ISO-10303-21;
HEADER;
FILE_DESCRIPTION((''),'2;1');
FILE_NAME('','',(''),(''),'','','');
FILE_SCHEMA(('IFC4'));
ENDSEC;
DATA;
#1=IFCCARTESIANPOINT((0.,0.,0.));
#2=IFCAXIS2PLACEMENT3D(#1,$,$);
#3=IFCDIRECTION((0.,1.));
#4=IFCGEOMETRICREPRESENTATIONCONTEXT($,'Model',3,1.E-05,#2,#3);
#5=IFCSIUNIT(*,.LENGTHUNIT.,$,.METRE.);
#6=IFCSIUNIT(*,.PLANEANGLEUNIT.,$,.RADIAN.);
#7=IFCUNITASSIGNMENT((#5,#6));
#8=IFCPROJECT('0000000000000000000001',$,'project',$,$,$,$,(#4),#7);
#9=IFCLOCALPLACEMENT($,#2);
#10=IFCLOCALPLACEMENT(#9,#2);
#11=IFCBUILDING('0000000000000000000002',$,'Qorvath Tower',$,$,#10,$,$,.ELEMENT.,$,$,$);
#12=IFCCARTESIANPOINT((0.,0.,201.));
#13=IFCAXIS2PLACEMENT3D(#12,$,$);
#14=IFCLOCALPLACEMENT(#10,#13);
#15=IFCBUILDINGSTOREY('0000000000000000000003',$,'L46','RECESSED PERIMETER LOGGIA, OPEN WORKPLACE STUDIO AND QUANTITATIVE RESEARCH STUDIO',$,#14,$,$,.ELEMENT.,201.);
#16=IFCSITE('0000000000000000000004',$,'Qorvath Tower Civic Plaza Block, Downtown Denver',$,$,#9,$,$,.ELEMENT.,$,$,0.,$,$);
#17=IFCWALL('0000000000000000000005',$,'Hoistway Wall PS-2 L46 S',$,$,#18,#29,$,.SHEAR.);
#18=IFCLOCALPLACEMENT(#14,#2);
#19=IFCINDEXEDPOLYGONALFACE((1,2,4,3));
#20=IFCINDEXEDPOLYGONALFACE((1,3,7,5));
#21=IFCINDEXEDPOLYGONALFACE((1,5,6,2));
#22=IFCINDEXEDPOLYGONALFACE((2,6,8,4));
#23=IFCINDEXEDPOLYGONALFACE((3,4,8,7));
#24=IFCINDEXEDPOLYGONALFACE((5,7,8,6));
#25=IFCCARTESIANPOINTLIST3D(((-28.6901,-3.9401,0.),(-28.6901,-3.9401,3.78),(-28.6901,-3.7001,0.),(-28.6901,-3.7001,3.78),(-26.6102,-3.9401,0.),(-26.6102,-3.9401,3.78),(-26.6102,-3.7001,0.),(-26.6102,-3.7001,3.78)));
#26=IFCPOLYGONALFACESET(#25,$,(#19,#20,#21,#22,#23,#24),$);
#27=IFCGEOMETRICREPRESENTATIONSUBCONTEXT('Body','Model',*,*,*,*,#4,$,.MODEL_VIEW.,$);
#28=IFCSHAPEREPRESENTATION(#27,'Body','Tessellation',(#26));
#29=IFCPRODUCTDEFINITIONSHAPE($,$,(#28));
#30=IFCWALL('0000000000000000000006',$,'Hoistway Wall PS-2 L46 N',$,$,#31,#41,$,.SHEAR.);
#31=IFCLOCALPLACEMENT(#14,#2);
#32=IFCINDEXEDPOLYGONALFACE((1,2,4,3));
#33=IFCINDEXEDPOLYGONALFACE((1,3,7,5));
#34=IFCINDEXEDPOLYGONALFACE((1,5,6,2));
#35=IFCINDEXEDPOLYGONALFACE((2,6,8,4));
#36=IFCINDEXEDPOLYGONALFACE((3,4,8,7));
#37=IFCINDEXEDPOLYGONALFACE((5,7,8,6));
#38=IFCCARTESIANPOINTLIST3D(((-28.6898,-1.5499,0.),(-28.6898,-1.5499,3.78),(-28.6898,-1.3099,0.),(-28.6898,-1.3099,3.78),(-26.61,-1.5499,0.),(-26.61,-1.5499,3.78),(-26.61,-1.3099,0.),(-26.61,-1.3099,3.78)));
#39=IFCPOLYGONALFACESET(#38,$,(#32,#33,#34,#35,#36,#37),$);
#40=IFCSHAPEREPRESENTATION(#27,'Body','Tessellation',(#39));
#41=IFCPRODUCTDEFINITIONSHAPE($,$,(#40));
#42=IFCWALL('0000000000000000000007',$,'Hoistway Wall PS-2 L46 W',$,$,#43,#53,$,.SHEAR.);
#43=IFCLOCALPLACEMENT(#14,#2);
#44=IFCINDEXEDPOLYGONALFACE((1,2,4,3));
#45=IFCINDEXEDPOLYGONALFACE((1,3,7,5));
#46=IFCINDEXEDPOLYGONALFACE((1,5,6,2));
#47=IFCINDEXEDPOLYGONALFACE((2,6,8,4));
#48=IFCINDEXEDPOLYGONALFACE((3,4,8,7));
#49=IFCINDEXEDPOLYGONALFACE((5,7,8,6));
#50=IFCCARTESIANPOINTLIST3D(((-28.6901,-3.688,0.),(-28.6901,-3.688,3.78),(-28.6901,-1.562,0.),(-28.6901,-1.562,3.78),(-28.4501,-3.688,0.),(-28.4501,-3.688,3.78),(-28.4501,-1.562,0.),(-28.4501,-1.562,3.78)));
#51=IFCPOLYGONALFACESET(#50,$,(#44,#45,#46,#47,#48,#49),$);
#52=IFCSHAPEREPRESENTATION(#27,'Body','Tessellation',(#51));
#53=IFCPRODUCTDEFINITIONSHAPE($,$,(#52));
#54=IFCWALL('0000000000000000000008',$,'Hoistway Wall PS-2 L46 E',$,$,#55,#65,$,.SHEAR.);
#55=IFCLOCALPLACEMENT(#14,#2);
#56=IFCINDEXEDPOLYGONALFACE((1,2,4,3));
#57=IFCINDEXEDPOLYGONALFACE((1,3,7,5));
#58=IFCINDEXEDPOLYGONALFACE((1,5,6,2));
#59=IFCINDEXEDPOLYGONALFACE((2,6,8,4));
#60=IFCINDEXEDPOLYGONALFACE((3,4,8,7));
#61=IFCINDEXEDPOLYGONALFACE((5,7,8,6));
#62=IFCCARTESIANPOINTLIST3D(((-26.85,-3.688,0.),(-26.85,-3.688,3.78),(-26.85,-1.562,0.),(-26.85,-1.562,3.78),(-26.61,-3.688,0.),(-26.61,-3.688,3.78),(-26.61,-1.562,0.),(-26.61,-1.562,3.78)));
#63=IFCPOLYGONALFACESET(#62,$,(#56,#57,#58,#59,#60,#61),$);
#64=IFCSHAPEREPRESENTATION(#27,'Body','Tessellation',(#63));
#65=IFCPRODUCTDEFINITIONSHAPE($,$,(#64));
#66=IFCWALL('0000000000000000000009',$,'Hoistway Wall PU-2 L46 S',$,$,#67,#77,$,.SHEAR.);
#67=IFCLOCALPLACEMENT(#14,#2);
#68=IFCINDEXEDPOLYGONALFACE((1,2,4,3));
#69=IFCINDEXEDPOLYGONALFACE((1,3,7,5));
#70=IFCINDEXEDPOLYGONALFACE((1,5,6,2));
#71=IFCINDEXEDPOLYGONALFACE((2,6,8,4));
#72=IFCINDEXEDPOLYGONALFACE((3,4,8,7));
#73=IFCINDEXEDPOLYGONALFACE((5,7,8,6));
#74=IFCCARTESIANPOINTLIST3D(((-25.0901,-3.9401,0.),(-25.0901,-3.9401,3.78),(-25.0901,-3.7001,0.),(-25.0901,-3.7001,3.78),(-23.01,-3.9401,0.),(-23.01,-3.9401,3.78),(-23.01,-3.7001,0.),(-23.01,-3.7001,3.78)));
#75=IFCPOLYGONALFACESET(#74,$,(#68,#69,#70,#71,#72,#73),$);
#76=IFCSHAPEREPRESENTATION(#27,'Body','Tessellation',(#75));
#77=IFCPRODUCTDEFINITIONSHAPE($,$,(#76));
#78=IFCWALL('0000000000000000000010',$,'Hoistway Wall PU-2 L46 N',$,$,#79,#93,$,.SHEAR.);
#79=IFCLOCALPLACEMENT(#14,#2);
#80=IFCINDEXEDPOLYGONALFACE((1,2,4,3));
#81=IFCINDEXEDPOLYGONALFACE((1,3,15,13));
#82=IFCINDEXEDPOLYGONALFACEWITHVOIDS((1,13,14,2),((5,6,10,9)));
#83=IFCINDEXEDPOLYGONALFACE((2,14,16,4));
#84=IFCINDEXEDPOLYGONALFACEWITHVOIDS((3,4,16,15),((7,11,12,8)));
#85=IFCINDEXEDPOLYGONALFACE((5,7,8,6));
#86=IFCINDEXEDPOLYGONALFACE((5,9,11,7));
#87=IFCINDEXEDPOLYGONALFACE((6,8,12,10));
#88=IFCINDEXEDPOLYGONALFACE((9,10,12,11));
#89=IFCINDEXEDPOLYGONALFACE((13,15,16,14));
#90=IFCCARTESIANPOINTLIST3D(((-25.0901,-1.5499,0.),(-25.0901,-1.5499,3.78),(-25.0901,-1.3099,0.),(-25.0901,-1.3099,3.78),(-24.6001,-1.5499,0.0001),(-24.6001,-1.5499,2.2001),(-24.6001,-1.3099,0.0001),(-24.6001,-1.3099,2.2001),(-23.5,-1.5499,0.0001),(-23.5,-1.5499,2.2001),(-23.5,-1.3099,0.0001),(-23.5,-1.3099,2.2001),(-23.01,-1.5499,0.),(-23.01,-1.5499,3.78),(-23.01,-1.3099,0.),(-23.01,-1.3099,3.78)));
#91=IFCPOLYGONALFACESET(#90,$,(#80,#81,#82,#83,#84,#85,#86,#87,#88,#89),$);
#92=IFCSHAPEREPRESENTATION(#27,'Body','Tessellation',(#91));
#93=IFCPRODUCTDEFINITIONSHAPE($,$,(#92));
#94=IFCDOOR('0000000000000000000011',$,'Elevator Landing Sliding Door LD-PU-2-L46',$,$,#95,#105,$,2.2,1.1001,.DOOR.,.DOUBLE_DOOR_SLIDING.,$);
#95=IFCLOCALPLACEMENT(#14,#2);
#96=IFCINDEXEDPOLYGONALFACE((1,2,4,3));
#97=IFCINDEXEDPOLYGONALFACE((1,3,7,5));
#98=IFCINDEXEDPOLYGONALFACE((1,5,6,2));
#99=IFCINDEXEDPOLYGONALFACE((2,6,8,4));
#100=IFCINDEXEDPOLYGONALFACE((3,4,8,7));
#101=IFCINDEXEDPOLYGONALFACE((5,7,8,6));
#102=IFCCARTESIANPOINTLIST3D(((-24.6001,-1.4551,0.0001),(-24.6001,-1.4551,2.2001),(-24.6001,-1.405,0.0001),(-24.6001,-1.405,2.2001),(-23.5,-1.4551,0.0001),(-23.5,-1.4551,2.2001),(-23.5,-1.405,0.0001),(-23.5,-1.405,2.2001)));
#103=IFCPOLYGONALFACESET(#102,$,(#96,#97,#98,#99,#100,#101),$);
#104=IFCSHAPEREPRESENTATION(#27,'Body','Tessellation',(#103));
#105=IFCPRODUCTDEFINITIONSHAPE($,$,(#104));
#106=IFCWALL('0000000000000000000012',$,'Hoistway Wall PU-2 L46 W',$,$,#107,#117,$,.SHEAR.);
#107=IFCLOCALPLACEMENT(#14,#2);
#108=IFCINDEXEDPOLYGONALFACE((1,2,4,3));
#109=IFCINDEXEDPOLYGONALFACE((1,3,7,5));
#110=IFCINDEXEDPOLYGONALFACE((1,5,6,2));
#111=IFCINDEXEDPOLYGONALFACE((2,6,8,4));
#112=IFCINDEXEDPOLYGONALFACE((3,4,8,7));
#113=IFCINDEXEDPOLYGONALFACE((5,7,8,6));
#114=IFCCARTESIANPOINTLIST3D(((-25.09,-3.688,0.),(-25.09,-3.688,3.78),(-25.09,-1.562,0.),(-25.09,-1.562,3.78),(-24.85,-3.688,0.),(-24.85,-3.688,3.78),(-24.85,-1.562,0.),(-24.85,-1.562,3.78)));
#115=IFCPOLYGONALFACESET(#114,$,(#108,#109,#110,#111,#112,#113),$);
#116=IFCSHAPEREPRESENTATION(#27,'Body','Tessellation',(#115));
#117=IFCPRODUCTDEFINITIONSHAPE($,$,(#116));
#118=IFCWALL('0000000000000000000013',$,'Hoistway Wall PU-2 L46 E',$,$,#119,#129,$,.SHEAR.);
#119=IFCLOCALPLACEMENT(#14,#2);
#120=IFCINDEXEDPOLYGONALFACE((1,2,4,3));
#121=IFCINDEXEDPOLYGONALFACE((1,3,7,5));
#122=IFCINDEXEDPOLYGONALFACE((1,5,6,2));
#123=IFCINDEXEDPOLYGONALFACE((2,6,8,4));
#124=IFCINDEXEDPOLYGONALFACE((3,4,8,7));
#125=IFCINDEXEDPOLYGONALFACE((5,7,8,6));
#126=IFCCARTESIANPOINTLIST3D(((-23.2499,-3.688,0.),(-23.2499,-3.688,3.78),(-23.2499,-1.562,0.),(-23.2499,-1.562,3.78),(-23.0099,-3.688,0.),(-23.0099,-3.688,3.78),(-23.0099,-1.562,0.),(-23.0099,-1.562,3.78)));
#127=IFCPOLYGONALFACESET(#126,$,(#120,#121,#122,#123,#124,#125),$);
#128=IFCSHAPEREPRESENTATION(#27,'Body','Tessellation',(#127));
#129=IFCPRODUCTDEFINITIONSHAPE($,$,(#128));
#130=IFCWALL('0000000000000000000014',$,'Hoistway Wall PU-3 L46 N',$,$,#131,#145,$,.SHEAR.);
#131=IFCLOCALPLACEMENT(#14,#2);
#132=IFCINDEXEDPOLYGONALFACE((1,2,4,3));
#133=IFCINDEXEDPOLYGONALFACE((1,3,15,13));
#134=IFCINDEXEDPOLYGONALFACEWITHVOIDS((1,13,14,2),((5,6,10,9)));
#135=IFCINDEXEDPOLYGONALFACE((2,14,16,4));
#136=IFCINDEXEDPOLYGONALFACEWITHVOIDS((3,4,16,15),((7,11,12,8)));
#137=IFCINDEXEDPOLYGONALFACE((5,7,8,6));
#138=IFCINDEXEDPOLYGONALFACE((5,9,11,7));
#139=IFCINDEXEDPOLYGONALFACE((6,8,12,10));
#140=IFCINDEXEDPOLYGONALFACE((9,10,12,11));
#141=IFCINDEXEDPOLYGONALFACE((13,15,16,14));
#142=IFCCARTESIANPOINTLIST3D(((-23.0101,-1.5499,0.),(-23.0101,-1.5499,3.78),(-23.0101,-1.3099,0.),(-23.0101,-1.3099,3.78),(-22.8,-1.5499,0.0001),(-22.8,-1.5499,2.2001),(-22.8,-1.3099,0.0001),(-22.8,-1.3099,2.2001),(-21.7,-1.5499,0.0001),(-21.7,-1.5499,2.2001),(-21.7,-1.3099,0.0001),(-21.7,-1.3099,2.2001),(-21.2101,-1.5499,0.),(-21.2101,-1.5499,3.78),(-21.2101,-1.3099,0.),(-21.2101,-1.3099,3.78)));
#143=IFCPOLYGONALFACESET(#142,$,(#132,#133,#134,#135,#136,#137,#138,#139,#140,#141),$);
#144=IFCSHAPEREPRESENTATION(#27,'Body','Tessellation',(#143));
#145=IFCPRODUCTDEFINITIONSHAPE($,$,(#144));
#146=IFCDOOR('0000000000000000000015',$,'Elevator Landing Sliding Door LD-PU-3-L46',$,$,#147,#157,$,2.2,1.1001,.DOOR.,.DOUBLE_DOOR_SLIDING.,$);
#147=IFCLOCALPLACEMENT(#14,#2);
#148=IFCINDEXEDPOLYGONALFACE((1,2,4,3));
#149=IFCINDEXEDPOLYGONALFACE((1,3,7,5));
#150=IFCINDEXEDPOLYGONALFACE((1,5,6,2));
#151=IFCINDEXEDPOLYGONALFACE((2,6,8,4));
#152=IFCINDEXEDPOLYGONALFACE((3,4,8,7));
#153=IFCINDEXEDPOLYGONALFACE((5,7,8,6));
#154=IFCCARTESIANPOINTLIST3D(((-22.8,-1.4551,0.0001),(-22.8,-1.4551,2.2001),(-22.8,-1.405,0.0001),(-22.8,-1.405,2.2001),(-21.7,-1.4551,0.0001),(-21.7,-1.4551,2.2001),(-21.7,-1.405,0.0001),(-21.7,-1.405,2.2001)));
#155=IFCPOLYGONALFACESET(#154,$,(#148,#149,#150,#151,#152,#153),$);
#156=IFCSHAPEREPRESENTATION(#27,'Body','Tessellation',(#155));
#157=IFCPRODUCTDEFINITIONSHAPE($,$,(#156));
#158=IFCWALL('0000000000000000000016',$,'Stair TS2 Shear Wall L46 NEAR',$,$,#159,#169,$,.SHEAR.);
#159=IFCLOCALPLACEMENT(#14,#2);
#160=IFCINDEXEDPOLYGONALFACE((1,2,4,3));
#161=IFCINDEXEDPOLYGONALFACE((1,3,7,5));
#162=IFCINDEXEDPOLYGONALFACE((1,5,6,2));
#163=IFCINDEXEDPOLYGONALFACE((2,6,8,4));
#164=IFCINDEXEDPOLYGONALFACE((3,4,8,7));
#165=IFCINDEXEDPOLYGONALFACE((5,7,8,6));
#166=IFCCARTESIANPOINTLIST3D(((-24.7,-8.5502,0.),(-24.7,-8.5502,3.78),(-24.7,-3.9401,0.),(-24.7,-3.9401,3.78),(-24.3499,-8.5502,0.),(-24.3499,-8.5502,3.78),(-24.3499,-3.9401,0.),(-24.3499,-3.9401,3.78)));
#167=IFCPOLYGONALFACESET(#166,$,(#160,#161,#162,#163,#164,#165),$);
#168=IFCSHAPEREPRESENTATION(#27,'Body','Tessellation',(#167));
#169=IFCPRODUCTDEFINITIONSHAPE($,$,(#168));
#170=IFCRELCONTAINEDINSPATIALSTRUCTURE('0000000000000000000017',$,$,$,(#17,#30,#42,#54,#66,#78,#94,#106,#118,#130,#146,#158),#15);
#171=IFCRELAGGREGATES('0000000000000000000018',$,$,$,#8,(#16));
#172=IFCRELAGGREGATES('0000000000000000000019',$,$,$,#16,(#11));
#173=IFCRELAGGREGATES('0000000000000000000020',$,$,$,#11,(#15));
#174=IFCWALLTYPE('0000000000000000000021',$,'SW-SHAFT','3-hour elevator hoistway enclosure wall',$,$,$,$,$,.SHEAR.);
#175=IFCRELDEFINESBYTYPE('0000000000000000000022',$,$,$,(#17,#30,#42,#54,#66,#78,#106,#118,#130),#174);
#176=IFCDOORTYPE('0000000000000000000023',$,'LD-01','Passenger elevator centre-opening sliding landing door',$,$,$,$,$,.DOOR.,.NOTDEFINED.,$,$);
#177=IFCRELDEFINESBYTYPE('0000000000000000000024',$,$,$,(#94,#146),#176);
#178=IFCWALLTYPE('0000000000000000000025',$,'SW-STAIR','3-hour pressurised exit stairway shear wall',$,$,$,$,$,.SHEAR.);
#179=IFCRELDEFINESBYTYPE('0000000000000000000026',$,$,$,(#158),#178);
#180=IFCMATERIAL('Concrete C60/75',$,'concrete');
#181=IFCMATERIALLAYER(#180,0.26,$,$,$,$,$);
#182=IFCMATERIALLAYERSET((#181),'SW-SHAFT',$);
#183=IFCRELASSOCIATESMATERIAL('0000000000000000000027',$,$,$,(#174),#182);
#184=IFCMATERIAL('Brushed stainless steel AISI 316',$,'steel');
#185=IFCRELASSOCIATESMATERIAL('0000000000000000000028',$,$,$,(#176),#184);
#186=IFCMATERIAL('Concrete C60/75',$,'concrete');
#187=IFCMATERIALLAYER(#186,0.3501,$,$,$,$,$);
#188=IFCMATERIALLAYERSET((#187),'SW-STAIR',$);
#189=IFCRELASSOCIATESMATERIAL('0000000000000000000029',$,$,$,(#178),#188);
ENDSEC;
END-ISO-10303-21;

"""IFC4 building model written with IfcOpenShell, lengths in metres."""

from ifc_helpers import new_model, si_unit, direction, frame, frame_2d, origin, place, context, subcontext, project, spatial, rectangle, extrude, material, layer, layer_set, type_object, element, fill, save


model = new_model("IFC4")

# Units and contexts
model_context = context("Model", 3, precision=1e-05, world=origin(), true_north=direction((0.0, 1.0)))
body_context = subcontext(model_context, "Body", "Model", "MODEL_VIEW")
ifc_project = project(units=[si_unit("LENGTHUNIT", "METRE"), si_unit("PLANEANGLEUNIT", "RADIAN")], contexts=[model_context])

# Site, building, storey
site_placement = place(None, origin())
site = spatial("IfcSite", under=ifc_project, at=site_placement, Name="Qorvath Tower Civic Plaza Block, Downtown Denver", CompositionType="ELEMENT", RefElevation=0.0)
building_placement = place(site_placement, origin())
building = spatial("IfcBuilding", under=site, at=building_placement, Name="Qorvath Tower", CompositionType="ELEMENT")
storey_placement = place(building_placement, frame((0.0, 0.0, 201.0)))
storey = spatial("IfcBuildingStorey", under=building, at=storey_placement, Name="L46", Description="RECESSED PERIMETER LOGGIA, OPEN WORKPLACE STUDIO AND QUANTITATIVE RESEARCH STUDIO", CompositionType="ELEMENT", Elevation=201.0)

# Shared definitions
ifc_material_1 = material(Name="Concrete C60/75", Category="concrete")
ifc_layer_1 = layer(ifc_material_1, 0.26)
ifc_layer_set_1 = layer_set([ifc_layer_1], Name="SW-SHAFT")
wall_type_1 = type_object("IfcWallType", Name="SW-SHAFT", Description="3-hour elevator hoistway enclosure wall", PredefinedType="SHEAR", material=ifc_layer_set_1)

# Walls
for number, where, z_axis, x_axis, name in (
    (1, (-26.6101, -3.8201, 0.0), (0.0, 0.0, 1.0), (-1.0, 0.0, 0.0), "Hoistway Wall PS-2 L46 S"),
    (2, (-28.6899, -1.4299, 0.0), (0.0, 0.0, 1.0), (1.0, 0.0, 0.0), "Hoistway Wall PS-2 L46 N"),
):
    element("IfcWall", number, at=place(storey_placement, frame(where, z_axis=z_axis, x_axis=x_axis)), inside=storey, type_object=wall_type_1, Name=name, PredefinedType="SHEAR", context=body_context, shape_type="SweptSolid", body=[
        extrude(rectangle(XDim=2.0798, YDim=0.24, at=frame_2d((1.04, 0.0))), origin(), (0.0, 0.0, 1.0), 3.78),
    ])
for number, where, z_axis, x_axis, name in (
    (3, (-28.5701, -3.688, 0.0), (0.0, 0.0, 1.0), (0.0, 1.0, 0.0), "Hoistway Wall PS-2 L46 W"),
    (4, (-26.73, -1.562, 0.0), (0.0, 0.0, 1.0), (0.0, -1.0, 0.0), "Hoistway Wall PS-2 L46 E"),
):
    element("IfcWall", number, at=place(storey_placement, frame(where, z_axis=z_axis, x_axis=x_axis)), inside=storey, type_object=wall_type_1, Name=name, PredefinedType="SHEAR", context=body_context, shape_type="SweptSolid", body=[
        extrude(rectangle(XDim=2.126, YDim=0.24, at=frame_2d((1.063, 0.0))), origin(), (0.0, 0.0, 1.0), 3.78),
    ])
wall_1_placement = place(storey_placement, frame((-23.01, -3.8201, 0.0), z_axis=(0.0, 0.0, 1.0), x_axis=(-1.0, 0.0, 0.0)))
element("IfcWall", 5, at=wall_1_placement, inside=storey, type_object=wall_type_1, Name="Hoistway Wall PU-2 L46 S", PredefinedType="SHEAR", context=body_context, shape_type="SweptSolid", body=[
    extrude(rectangle(XDim=2.0801, YDim=0.24, at=frame_2d((1.04, 0.0))), origin(), (0.0, 0.0, 1.0), 3.78),
])

# Wall, opening, door
wall_2_placement = place(storey_placement, frame((-25.0901, -1.4299, 0.0), z_axis=(0.0, 0.0, 1.0), x_axis=(1.0, 0.0, 0.0)))
wall_2 = element("IfcWall", 6, at=wall_2_placement, inside=storey, type_object=wall_type_1, Name="Hoistway Wall PU-2 L46 N", PredefinedType="SHEAR", context=body_context, shape_type="SweptSolid", body=[
    extrude(rectangle(XDim=2.0801, YDim=0.24, at=frame_2d((1.04, 0.0))), origin(), (0.0, 0.0, 1.0), 3.78),
])
opening_1_placement = place(wall_2_placement, frame((0.49, 0.0, 0.0)))
opening_1 = element("IfcOpeningElement", 7, at=opening_1_placement, cuts=wall_2, PredefinedType="OPENING", context=body_context, shape_type="SweptSolid", body=[
    extrude(rectangle(XDim=1.1001, YDim=2.2, at=frame_2d((0.55, 1.1001))), frame((0.0, 0.1299, 0.0), z_axis=(0.0, -1.0, 0.0), x_axis=(1.0, 0.0, 0.0)), (0.0, 0.0, 1.0), 0.26),
])
ifc_material_2 = material(Name="Brushed stainless steel AISI 316", Category="steel")
door_type_1 = type_object("IfcDoorType", Name="LD-01", Description="Passenger elevator centre-opening sliding landing door", OperationType="NOTDEFINED", PredefinedType="DOOR", material=ifc_material_2)
door_1_placement = place(opening_1_placement, origin())
door_1 = element("IfcDoor", 8, at=door_1_placement, inside=storey, type_object=door_type_1, Name="Elevator Landing Sliding Door LD-PU-2-L46", OperationType="DOUBLE_DOOR_SLIDING", OverallHeight=2.2, OverallWidth=1.1001, PredefinedType="DOOR", context=body_context, shape_type="SweptSolid", body=[
    extrude(rectangle(XDim=1.1001, YDim=2.2, at=frame_2d((0.55, 1.1001))), frame((0.0, 0.0249, 0.0), z_axis=(0.0, -1.0, 0.0), x_axis=(1.0, 0.0, 0.0)), (0.0, 0.0, 1.0), 0.05),
])
fill(opening_1, door_1)

# Walls
for number, where, z_axis, x_axis, name in (
    (9, (-24.97, -3.688, 0.0), (0.0, 0.0, 1.0), (0.0, 1.0, 0.0), "Hoistway Wall PU-2 L46 W"),
    (10, (-23.1299, -1.562, 0.0), (0.0, 0.0, 1.0), (0.0, -1.0, 0.0), "Hoistway Wall PU-2 L46 E"),
):
    element("IfcWall", number, at=place(storey_placement, frame(where, z_axis=z_axis, x_axis=x_axis)), inside=storey, type_object=wall_type_1, Name=name, PredefinedType="SHEAR", context=body_context, shape_type="SweptSolid", body=[
        extrude(rectangle(XDim=2.126, YDim=0.24, at=frame_2d((1.063, 0.0))), origin(), (0.0, 0.0, 1.0), 3.78),
    ])

# Wall, opening, door
wall_3_placement = place(storey_placement, frame((-23.01, -1.4299, 0.0), z_axis=(0.0, 0.0, 1.0), x_axis=(1.0, 0.0, 0.0)))
wall_3 = element("IfcWall", 11, at=wall_3_placement, inside=storey, type_object=wall_type_1, Name="Hoistway Wall PU-3 L46 N", PredefinedType="SHEAR", context=body_context, shape_type="SweptSolid", body=[
    extrude(rectangle(XDim=1.8, YDim=0.24, at=frame_2d((0.8999, 0.0))), origin(), (0.0, 0.0, 1.0), 3.78),
])
opening_2_placement = place(wall_3_placement, frame((0.21, 0.0, 0.0)))
opening_2 = element("IfcOpeningElement", 12, at=opening_2_placement, cuts=wall_3, PredefinedType="OPENING", context=body_context, shape_type="SweptSolid", body=[
    extrude(rectangle(XDim=1.1001, YDim=2.2, at=frame_2d((0.55, 1.1001))), frame((0.0, 0.1299, 0.0), z_axis=(0.0, -1.0, 0.0), x_axis=(1.0, 0.0, 0.0)), (0.0, 0.0, 1.0), 0.26),
])
door_2_placement = place(opening_2_placement, origin())
door_2 = element("IfcDoor", 13, at=door_2_placement, inside=storey, type_object=door_type_1, Name="Elevator Landing Sliding Door LD-PU-3-L46", OperationType="DOUBLE_DOOR_SLIDING", OverallHeight=2.2, OverallWidth=1.1001, PredefinedType="DOOR", context=body_context, shape_type="SweptSolid", body=[
    extrude(rectangle(XDim=1.1001, YDim=2.2, at=frame_2d((0.55, 1.1001))), frame((0.0, 0.0249, 0.0), z_axis=(0.0, -1.0, 0.0), x_axis=(1.0, 0.0, 0.0)), (0.0, 0.0, 1.0), 0.05),
])
fill(opening_2, door_2)

# Wall
ifc_material_3 = material(Name="Concrete C60/75", Category="concrete")
ifc_layer_2 = layer(ifc_material_3, 0.3501)
ifc_layer_set_2 = layer_set([ifc_layer_2], Name="SW-STAIR")
wall_type_2 = type_object("IfcWallType", Name="SW-STAIR", Description="3-hour pressurised exit stairway shear wall", PredefinedType="SHEAR", material=ifc_layer_set_2)
wall_4_placement = place(storey_placement, frame((-24.5249, -3.9399, 0.0), z_axis=(0.0, 0.0, 1.0), x_axis=(0.0, -1.0, 0.0)))
element("IfcWall", 14, at=wall_4_placement, inside=storey, type_object=wall_type_2, Name="Stair TS2 Shear Wall L46 NEAR", PredefinedType="SHEAR", context=body_context, shape_type="SweptSolid", body=[
    extrude(rectangle(XDim=4.6101, YDim=0.3501, at=frame_2d((2.3052, 0.0))), origin(), (0.0, 0.0, 1.0), 3.78),
])

save(model, "model.ifc")
